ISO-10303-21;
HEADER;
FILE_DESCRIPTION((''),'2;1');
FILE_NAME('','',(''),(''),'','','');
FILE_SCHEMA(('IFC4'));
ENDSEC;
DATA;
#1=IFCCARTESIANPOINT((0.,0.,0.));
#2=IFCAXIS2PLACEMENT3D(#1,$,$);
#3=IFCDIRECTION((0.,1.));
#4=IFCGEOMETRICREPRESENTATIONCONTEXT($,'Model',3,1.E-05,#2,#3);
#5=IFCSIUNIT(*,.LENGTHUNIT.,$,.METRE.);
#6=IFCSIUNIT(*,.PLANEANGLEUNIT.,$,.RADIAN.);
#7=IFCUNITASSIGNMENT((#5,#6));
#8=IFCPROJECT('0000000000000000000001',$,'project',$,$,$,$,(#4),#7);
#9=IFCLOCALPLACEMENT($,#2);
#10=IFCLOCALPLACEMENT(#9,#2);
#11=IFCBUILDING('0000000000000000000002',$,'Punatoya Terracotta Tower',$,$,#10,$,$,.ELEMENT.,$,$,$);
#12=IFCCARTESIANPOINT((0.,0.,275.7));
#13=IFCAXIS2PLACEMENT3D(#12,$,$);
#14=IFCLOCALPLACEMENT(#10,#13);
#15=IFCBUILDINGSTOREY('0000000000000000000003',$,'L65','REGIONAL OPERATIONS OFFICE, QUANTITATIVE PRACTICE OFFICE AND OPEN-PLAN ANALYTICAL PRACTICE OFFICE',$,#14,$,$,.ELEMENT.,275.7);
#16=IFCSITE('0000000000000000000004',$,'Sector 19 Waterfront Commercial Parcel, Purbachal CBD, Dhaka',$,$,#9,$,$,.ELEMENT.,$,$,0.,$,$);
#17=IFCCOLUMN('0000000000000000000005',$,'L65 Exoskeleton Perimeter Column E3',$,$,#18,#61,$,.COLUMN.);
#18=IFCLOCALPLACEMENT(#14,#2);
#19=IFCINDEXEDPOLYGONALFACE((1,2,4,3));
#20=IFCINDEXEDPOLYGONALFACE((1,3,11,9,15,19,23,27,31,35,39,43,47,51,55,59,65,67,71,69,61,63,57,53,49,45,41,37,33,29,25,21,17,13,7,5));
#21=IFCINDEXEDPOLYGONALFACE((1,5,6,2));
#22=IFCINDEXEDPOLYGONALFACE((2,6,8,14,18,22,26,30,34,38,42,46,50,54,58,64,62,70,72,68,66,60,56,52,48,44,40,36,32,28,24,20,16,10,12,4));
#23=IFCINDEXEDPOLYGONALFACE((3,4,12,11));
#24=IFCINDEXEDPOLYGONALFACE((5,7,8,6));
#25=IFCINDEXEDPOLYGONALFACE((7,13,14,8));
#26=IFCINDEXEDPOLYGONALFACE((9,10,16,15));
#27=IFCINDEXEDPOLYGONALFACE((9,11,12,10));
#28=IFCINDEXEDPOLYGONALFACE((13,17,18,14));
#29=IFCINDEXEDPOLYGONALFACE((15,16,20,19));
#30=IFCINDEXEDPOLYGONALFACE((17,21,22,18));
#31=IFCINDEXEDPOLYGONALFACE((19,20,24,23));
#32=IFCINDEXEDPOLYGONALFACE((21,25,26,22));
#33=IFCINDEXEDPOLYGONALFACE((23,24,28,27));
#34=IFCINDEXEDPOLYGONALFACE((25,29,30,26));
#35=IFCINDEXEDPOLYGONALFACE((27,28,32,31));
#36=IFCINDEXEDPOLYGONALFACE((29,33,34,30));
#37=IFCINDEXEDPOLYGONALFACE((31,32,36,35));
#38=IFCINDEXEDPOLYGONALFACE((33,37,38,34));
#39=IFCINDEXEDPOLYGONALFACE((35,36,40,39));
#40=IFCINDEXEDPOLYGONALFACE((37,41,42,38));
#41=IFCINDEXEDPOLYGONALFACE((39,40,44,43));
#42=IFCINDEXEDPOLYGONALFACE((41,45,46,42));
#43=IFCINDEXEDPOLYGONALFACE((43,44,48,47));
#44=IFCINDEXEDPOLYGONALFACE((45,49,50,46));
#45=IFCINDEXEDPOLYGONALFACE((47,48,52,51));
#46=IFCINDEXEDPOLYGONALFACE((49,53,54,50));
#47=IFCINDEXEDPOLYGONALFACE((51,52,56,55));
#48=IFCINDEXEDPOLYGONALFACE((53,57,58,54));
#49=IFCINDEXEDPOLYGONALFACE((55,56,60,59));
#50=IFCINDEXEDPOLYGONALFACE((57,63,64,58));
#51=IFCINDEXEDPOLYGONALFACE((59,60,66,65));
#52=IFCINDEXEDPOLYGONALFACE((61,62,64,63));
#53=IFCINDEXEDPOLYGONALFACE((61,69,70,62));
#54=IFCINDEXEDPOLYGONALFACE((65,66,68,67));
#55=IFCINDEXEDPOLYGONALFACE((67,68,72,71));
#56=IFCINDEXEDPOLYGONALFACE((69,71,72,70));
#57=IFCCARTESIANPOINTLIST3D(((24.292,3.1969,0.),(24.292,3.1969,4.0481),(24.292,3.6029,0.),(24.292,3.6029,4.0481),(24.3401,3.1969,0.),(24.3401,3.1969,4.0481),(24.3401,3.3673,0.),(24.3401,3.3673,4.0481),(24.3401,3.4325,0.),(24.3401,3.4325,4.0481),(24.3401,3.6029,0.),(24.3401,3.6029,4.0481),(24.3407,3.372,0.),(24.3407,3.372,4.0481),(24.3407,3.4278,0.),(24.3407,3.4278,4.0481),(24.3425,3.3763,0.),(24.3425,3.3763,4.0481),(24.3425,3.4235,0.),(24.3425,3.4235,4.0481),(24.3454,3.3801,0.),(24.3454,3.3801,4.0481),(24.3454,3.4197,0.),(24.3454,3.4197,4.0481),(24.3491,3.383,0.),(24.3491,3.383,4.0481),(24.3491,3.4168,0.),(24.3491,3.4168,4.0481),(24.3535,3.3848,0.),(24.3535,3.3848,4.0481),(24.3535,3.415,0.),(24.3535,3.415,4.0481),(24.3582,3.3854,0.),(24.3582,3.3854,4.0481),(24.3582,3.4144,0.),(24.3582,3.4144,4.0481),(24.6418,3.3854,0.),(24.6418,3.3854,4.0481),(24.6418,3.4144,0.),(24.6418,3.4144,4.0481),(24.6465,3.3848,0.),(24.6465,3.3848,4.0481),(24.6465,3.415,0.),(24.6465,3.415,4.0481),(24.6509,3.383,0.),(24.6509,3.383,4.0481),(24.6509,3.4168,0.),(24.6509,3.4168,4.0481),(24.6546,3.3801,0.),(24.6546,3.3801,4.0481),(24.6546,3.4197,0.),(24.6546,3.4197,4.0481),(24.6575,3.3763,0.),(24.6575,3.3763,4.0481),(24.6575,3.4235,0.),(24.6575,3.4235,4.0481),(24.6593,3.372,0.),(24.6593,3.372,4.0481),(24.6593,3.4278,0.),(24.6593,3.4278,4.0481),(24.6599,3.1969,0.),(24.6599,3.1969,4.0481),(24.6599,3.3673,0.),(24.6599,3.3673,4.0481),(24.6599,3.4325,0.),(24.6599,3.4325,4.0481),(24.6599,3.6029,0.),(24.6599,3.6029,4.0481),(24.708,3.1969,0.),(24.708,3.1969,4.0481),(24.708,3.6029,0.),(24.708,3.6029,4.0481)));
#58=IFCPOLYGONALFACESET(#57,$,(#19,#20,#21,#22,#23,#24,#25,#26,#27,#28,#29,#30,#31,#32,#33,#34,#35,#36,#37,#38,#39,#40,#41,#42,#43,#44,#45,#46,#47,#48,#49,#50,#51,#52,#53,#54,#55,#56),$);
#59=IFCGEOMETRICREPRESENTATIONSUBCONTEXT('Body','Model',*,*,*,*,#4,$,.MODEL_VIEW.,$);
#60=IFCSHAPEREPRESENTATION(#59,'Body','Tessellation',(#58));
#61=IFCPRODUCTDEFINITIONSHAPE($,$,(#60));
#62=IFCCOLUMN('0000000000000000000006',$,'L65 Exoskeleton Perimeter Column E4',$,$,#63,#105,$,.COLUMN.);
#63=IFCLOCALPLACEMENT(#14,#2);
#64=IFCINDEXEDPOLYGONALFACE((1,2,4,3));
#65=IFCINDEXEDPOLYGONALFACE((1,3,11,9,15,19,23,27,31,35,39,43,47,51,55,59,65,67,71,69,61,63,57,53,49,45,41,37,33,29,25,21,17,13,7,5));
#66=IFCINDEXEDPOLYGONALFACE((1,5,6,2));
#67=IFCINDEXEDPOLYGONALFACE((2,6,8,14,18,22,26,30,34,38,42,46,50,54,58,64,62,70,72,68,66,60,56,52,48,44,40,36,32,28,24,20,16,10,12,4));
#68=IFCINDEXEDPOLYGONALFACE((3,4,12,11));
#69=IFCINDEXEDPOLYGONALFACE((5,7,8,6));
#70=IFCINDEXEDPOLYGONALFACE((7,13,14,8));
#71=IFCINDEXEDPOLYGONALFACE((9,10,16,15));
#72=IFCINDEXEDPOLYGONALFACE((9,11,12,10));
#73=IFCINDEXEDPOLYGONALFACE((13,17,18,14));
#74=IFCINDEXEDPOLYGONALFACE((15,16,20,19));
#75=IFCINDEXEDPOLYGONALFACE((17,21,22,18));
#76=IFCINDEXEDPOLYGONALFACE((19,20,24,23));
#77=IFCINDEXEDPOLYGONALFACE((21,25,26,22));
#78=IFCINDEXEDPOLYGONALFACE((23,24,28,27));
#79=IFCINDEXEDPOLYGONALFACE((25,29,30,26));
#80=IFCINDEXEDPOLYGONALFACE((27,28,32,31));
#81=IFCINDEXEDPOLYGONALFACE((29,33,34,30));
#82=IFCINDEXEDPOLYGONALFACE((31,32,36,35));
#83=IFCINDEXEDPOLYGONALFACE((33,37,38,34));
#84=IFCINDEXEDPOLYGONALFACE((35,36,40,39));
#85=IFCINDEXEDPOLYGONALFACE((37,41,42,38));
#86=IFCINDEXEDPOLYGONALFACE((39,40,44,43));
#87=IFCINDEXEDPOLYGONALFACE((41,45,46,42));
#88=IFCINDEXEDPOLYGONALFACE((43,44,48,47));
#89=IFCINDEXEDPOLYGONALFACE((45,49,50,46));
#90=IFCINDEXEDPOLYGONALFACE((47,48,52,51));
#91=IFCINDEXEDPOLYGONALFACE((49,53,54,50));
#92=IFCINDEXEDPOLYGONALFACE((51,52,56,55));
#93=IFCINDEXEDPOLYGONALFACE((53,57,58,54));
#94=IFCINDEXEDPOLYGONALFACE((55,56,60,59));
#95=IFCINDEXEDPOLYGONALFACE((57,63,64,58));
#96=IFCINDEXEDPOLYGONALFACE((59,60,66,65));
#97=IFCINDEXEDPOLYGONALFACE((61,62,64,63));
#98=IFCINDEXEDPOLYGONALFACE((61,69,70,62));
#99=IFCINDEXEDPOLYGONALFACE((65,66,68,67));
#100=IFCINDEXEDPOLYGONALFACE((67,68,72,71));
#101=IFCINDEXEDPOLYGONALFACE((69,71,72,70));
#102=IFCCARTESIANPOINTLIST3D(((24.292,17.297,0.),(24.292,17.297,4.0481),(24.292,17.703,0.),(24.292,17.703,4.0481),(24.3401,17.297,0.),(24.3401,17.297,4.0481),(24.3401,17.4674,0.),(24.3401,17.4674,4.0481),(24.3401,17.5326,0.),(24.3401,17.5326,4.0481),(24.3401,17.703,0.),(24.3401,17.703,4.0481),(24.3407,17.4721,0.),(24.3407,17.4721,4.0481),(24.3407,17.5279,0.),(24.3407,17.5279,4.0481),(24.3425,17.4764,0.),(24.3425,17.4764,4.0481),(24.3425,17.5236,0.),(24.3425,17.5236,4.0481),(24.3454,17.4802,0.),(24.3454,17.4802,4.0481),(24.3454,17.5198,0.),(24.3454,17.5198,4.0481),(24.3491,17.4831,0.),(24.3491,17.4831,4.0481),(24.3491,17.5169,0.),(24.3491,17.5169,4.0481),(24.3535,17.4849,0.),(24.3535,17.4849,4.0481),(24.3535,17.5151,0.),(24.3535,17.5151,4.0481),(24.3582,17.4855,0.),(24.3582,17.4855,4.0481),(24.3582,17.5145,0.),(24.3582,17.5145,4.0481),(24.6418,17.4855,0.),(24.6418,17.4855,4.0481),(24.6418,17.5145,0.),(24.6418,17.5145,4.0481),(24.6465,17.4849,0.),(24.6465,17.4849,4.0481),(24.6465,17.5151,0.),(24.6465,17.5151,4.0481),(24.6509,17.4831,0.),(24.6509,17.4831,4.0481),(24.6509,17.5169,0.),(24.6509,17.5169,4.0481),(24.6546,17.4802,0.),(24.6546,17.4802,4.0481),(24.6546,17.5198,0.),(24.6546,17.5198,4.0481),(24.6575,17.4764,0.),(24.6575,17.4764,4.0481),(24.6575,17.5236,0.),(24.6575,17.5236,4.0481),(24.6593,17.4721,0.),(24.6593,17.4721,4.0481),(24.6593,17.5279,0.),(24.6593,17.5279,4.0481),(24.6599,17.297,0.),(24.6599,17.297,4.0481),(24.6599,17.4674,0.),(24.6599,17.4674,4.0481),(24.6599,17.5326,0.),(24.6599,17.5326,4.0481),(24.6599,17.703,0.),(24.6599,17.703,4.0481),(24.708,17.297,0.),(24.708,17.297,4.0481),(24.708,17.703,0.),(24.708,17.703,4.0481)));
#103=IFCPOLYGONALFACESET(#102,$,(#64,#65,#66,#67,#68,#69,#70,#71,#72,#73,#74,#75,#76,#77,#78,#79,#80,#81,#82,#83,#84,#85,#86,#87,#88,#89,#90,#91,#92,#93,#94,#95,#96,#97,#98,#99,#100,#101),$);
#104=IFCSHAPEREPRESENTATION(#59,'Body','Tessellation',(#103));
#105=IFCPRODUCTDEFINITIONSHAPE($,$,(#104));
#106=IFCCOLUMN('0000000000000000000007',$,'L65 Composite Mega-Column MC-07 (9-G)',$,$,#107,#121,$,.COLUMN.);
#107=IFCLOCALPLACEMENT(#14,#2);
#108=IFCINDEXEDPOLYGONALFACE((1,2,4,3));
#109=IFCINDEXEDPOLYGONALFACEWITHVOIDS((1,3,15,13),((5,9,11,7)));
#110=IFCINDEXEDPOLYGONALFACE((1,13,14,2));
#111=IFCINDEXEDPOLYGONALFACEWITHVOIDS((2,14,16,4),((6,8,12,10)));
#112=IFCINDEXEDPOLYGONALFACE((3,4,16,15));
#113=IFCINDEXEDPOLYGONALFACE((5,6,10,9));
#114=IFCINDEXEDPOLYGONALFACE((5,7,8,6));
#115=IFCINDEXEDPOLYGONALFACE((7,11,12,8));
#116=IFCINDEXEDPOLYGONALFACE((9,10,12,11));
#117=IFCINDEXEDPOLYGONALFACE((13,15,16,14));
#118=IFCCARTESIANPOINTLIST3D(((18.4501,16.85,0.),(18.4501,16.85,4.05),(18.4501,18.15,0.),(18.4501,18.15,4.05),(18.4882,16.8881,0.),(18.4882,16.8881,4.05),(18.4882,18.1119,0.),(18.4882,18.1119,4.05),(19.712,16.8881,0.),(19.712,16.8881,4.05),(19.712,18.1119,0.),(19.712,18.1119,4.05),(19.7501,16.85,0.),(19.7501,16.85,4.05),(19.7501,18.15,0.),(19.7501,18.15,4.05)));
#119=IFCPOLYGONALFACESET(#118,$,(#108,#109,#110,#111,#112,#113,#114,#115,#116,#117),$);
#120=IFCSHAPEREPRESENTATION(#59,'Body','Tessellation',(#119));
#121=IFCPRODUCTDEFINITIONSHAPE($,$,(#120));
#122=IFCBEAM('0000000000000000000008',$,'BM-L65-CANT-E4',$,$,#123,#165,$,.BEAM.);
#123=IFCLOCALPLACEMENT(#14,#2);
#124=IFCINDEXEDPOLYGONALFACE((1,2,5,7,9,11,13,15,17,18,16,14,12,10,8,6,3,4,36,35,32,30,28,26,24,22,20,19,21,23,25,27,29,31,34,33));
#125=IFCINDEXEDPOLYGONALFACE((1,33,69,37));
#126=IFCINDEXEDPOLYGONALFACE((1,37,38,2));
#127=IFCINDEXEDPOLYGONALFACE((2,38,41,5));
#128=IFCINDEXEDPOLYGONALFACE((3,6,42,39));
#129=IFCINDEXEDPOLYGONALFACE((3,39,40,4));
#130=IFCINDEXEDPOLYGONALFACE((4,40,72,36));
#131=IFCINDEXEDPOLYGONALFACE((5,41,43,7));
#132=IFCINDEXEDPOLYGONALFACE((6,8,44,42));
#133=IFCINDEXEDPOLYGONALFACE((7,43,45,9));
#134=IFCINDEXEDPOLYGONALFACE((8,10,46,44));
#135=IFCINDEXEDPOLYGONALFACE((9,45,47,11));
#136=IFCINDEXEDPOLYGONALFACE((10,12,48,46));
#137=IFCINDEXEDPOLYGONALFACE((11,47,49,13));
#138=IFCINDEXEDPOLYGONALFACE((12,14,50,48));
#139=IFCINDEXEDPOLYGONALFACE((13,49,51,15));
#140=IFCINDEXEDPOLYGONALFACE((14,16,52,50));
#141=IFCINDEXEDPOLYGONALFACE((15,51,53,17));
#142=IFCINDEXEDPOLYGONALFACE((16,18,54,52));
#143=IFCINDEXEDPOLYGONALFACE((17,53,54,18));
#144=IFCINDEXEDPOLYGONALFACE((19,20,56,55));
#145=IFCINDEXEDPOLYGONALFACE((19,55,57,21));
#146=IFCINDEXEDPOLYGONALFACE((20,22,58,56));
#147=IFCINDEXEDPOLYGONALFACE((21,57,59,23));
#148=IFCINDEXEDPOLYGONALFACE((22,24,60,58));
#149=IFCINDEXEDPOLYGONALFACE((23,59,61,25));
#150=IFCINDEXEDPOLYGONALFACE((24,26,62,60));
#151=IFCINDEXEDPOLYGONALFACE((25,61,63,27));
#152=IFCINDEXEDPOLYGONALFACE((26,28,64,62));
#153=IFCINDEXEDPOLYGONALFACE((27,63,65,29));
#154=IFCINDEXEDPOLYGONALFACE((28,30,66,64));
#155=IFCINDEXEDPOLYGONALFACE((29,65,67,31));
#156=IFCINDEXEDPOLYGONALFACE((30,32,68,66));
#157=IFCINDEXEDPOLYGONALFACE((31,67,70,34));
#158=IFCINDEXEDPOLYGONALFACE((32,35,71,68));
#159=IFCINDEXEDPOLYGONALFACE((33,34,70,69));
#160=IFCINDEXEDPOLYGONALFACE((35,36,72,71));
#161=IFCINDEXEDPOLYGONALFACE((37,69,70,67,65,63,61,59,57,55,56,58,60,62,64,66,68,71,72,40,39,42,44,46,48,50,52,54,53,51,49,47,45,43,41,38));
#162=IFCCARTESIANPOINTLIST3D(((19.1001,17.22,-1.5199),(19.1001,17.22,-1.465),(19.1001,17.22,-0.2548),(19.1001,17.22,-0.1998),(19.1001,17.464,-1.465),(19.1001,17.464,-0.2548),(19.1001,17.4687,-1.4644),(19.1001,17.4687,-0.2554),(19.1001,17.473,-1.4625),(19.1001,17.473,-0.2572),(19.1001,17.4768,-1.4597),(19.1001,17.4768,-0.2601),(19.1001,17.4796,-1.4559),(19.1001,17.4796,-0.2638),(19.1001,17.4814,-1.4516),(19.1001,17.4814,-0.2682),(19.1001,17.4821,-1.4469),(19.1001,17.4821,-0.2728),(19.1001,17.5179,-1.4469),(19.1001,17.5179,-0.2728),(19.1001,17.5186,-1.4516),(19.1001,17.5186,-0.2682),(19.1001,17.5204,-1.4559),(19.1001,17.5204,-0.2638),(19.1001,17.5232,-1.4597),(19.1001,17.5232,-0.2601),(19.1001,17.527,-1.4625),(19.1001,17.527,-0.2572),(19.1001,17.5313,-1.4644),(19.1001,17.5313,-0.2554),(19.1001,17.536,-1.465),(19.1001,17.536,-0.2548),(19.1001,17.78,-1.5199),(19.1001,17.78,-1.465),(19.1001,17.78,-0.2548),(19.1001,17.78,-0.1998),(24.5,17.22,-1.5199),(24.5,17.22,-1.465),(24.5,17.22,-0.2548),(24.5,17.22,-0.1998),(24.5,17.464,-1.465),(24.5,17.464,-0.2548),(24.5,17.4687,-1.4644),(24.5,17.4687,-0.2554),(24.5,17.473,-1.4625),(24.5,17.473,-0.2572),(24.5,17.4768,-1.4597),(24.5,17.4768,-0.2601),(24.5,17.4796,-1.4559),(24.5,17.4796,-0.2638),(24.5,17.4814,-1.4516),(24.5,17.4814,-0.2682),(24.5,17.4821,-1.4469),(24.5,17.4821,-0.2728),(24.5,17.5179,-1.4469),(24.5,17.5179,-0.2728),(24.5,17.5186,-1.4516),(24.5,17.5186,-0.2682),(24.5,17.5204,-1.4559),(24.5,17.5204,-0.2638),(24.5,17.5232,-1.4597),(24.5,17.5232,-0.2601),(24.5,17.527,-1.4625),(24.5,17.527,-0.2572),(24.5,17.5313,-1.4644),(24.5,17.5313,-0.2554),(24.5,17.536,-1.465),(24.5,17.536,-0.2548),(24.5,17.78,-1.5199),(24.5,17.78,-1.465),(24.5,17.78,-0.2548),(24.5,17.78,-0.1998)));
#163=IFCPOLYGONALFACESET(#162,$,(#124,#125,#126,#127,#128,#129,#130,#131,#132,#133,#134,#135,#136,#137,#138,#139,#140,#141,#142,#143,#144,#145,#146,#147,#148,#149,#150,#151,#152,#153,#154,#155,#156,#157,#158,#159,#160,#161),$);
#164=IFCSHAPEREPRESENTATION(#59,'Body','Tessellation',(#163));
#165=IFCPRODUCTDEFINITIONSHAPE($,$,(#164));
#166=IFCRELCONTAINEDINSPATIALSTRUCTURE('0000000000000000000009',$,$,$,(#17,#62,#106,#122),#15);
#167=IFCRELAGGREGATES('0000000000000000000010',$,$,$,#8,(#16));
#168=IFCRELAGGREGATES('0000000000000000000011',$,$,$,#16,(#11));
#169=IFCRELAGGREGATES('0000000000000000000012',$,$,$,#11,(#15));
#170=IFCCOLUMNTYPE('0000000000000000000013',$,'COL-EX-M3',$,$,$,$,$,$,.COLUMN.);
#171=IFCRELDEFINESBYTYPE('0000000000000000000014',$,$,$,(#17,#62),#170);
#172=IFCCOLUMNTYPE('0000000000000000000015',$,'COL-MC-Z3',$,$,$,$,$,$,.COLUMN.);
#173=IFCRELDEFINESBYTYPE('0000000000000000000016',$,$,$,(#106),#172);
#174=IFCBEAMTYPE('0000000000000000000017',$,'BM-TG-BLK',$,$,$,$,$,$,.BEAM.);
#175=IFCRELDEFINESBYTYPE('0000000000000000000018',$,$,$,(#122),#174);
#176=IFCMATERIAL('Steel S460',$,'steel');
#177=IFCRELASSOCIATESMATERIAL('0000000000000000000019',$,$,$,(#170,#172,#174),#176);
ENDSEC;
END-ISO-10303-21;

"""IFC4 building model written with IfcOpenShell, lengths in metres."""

from ifc_helpers import new_model, si_unit, direction, frame, origin, origin_2d, place, context, subcontext, project, spatial, hollow_rectangle, i_section, extrude, material, material_profile, profile_set, type_object, element, save


model = new_model("IFC4")

# Units and contexts
model_context = context("Model", 3, precision=1e-05, world=origin(), true_north=direction((0.0, 1.0)))
body_context = subcontext(model_context, "Body", "Model", "MODEL_VIEW")
ifc_project = project(units=[si_unit("LENGTHUNIT", "METRE"), si_unit("PLANEANGLEUNIT", "RADIAN")], contexts=[model_context])

# Site, building, storey
site_placement = place(None, origin())
site = spatial("IfcSite", under=ifc_project, at=site_placement, Name="Sector 19 Waterfront Commercial Parcel, Purbachal CBD, Dhaka", CompositionType="ELEMENT", RefElevation=0.0)
building_placement = place(site_placement, origin())
building = spatial("IfcBuilding", under=site, at=building_placement, Name="Punatoya Terracotta Tower", CompositionType="ELEMENT")
storey_placement = place(building_placement, frame((0.0, 0.0, 275.7)))
storey = spatial("IfcBuildingStorey", under=building, at=storey_placement, Name="L65", Description="REGIONAL OPERATIONS OFFICE, QUANTITATIVE PRACTICE OFFICE AND OPEN-PLAN ANALYTICAL PRACTICE OFFICE", CompositionType="ELEMENT", Elevation=275.7)

# Columns
ifc_material_1 = material(Name="Steel S460", Category="steel")
ifc_material_profile_1 = material_profile(ifc_material_1, i_section(OverallWidth=0.406, OverallDepth=0.416, WebThickness=0.0291, FlangeThickness=0.0481, FilletRadius=0.0181, at=origin_2d()))
ifc_profile_set_1 = profile_set([ifc_material_profile_1], Name="Steel S460")
column_type_1 = type_object("IfcColumnType", Name="COL-EX-M3", PredefinedType="COLUMN", material=ifc_profile_set_1)
for number, where, z_axis, x_axis, name in (
    (1, (24.5, 3.3999, 0.0), (0.0, 0.0, 1.0), (0.0, 1.0, 0.0), "L65 Exoskeleton Perimeter Column E3"),
    (2, (24.5, 17.5, 0.0), (0.0, 0.0, 1.0), (0.0, 1.0, 0.0), "L65 Exoskeleton Perimeter Column E4"),
):
    element("IfcColumn", number, at=place(storey_placement, frame(where, z_axis=z_axis, x_axis=x_axis)), inside=storey, type_object=column_type_1, Name=name, PredefinedType="COLUMN", context=body_context, shape_type="SweptSolid", body=[
        extrude(i_section(OverallWidth=0.406, OverallDepth=0.416, WebThickness=0.0291, FlangeThickness=0.0481, FilletRadius=0.0181, at=origin_2d()), origin(), (0.0, 0.0, 1.0), 4.0481),
    ])
ifc_material_profile_2 = material_profile(ifc_material_1, hollow_rectangle(XDim=1.3, YDim=1.3, WallThickness=0.0381, at=origin_2d()))
ifc_profile_set_2 = profile_set([ifc_material_profile_2], Name="Steel S460")
column_type_2 = type_object("IfcColumnType", Name="COL-MC-Z3", PredefinedType="COLUMN", material=ifc_profile_set_2)
column_placement = place(storey_placement, frame((19.1001, 17.5, 0.0), z_axis=(0.0, 0.0, 1.0), x_axis=(1.0, 0.0, 0.0)))
element("IfcColumn", 3, at=column_placement, inside=storey, type_object=column_type_2, Name="L65 Composite Mega-Column MC-07 (9-G)", PredefinedType="COLUMN", context=body_context, shape_type="SweptSolid", body=[
    extrude(hollow_rectangle(XDim=1.3, YDim=1.3, WallThickness=0.0381, at=origin_2d()), origin(), (0.0, 0.0, 1.0), 4.05),
])

# Beam
ifc_material_profile_3 = material_profile(ifc_material_1, i_section(OverallWidth=0.5601, OverallDepth=1.3201, WebThickness=0.0359, FlangeThickness=0.0549, FilletRadius=0.0181, at=origin_2d()))
ifc_profile_set_3 = profile_set([ifc_material_profile_3], Name="Steel S460")
beam_type_1 = type_object("IfcBeamType", Name="BM-TG-BLK", PredefinedType="BEAM", material=ifc_profile_set_3)
for number, where, z_axis, x_axis, name in (
    (4, (19.1001, 17.5, -0.8599), (1.0, 0.0, 0.0), (0.0, 1.0, 0.0), "BM-L65-CANT-E4"),
):
    element("IfcBeam", number, at=place(storey_placement, frame(where, z_axis=z_axis, x_axis=x_axis)), inside=storey, type_object=beam_type_1, Name=name, PredefinedType="BEAM", context=body_context, shape_type="SweptSolid", body=[
        extrude(i_section(OverallWidth=0.5601, OverallDepth=1.3201, WebThickness=0.0359, FlangeThickness=0.0549, FilletRadius=0.0181, at=origin_2d()), origin(), (0.0, 0.0, 1.0), 5.3999),
    ])

save(model, "model.ifc")
